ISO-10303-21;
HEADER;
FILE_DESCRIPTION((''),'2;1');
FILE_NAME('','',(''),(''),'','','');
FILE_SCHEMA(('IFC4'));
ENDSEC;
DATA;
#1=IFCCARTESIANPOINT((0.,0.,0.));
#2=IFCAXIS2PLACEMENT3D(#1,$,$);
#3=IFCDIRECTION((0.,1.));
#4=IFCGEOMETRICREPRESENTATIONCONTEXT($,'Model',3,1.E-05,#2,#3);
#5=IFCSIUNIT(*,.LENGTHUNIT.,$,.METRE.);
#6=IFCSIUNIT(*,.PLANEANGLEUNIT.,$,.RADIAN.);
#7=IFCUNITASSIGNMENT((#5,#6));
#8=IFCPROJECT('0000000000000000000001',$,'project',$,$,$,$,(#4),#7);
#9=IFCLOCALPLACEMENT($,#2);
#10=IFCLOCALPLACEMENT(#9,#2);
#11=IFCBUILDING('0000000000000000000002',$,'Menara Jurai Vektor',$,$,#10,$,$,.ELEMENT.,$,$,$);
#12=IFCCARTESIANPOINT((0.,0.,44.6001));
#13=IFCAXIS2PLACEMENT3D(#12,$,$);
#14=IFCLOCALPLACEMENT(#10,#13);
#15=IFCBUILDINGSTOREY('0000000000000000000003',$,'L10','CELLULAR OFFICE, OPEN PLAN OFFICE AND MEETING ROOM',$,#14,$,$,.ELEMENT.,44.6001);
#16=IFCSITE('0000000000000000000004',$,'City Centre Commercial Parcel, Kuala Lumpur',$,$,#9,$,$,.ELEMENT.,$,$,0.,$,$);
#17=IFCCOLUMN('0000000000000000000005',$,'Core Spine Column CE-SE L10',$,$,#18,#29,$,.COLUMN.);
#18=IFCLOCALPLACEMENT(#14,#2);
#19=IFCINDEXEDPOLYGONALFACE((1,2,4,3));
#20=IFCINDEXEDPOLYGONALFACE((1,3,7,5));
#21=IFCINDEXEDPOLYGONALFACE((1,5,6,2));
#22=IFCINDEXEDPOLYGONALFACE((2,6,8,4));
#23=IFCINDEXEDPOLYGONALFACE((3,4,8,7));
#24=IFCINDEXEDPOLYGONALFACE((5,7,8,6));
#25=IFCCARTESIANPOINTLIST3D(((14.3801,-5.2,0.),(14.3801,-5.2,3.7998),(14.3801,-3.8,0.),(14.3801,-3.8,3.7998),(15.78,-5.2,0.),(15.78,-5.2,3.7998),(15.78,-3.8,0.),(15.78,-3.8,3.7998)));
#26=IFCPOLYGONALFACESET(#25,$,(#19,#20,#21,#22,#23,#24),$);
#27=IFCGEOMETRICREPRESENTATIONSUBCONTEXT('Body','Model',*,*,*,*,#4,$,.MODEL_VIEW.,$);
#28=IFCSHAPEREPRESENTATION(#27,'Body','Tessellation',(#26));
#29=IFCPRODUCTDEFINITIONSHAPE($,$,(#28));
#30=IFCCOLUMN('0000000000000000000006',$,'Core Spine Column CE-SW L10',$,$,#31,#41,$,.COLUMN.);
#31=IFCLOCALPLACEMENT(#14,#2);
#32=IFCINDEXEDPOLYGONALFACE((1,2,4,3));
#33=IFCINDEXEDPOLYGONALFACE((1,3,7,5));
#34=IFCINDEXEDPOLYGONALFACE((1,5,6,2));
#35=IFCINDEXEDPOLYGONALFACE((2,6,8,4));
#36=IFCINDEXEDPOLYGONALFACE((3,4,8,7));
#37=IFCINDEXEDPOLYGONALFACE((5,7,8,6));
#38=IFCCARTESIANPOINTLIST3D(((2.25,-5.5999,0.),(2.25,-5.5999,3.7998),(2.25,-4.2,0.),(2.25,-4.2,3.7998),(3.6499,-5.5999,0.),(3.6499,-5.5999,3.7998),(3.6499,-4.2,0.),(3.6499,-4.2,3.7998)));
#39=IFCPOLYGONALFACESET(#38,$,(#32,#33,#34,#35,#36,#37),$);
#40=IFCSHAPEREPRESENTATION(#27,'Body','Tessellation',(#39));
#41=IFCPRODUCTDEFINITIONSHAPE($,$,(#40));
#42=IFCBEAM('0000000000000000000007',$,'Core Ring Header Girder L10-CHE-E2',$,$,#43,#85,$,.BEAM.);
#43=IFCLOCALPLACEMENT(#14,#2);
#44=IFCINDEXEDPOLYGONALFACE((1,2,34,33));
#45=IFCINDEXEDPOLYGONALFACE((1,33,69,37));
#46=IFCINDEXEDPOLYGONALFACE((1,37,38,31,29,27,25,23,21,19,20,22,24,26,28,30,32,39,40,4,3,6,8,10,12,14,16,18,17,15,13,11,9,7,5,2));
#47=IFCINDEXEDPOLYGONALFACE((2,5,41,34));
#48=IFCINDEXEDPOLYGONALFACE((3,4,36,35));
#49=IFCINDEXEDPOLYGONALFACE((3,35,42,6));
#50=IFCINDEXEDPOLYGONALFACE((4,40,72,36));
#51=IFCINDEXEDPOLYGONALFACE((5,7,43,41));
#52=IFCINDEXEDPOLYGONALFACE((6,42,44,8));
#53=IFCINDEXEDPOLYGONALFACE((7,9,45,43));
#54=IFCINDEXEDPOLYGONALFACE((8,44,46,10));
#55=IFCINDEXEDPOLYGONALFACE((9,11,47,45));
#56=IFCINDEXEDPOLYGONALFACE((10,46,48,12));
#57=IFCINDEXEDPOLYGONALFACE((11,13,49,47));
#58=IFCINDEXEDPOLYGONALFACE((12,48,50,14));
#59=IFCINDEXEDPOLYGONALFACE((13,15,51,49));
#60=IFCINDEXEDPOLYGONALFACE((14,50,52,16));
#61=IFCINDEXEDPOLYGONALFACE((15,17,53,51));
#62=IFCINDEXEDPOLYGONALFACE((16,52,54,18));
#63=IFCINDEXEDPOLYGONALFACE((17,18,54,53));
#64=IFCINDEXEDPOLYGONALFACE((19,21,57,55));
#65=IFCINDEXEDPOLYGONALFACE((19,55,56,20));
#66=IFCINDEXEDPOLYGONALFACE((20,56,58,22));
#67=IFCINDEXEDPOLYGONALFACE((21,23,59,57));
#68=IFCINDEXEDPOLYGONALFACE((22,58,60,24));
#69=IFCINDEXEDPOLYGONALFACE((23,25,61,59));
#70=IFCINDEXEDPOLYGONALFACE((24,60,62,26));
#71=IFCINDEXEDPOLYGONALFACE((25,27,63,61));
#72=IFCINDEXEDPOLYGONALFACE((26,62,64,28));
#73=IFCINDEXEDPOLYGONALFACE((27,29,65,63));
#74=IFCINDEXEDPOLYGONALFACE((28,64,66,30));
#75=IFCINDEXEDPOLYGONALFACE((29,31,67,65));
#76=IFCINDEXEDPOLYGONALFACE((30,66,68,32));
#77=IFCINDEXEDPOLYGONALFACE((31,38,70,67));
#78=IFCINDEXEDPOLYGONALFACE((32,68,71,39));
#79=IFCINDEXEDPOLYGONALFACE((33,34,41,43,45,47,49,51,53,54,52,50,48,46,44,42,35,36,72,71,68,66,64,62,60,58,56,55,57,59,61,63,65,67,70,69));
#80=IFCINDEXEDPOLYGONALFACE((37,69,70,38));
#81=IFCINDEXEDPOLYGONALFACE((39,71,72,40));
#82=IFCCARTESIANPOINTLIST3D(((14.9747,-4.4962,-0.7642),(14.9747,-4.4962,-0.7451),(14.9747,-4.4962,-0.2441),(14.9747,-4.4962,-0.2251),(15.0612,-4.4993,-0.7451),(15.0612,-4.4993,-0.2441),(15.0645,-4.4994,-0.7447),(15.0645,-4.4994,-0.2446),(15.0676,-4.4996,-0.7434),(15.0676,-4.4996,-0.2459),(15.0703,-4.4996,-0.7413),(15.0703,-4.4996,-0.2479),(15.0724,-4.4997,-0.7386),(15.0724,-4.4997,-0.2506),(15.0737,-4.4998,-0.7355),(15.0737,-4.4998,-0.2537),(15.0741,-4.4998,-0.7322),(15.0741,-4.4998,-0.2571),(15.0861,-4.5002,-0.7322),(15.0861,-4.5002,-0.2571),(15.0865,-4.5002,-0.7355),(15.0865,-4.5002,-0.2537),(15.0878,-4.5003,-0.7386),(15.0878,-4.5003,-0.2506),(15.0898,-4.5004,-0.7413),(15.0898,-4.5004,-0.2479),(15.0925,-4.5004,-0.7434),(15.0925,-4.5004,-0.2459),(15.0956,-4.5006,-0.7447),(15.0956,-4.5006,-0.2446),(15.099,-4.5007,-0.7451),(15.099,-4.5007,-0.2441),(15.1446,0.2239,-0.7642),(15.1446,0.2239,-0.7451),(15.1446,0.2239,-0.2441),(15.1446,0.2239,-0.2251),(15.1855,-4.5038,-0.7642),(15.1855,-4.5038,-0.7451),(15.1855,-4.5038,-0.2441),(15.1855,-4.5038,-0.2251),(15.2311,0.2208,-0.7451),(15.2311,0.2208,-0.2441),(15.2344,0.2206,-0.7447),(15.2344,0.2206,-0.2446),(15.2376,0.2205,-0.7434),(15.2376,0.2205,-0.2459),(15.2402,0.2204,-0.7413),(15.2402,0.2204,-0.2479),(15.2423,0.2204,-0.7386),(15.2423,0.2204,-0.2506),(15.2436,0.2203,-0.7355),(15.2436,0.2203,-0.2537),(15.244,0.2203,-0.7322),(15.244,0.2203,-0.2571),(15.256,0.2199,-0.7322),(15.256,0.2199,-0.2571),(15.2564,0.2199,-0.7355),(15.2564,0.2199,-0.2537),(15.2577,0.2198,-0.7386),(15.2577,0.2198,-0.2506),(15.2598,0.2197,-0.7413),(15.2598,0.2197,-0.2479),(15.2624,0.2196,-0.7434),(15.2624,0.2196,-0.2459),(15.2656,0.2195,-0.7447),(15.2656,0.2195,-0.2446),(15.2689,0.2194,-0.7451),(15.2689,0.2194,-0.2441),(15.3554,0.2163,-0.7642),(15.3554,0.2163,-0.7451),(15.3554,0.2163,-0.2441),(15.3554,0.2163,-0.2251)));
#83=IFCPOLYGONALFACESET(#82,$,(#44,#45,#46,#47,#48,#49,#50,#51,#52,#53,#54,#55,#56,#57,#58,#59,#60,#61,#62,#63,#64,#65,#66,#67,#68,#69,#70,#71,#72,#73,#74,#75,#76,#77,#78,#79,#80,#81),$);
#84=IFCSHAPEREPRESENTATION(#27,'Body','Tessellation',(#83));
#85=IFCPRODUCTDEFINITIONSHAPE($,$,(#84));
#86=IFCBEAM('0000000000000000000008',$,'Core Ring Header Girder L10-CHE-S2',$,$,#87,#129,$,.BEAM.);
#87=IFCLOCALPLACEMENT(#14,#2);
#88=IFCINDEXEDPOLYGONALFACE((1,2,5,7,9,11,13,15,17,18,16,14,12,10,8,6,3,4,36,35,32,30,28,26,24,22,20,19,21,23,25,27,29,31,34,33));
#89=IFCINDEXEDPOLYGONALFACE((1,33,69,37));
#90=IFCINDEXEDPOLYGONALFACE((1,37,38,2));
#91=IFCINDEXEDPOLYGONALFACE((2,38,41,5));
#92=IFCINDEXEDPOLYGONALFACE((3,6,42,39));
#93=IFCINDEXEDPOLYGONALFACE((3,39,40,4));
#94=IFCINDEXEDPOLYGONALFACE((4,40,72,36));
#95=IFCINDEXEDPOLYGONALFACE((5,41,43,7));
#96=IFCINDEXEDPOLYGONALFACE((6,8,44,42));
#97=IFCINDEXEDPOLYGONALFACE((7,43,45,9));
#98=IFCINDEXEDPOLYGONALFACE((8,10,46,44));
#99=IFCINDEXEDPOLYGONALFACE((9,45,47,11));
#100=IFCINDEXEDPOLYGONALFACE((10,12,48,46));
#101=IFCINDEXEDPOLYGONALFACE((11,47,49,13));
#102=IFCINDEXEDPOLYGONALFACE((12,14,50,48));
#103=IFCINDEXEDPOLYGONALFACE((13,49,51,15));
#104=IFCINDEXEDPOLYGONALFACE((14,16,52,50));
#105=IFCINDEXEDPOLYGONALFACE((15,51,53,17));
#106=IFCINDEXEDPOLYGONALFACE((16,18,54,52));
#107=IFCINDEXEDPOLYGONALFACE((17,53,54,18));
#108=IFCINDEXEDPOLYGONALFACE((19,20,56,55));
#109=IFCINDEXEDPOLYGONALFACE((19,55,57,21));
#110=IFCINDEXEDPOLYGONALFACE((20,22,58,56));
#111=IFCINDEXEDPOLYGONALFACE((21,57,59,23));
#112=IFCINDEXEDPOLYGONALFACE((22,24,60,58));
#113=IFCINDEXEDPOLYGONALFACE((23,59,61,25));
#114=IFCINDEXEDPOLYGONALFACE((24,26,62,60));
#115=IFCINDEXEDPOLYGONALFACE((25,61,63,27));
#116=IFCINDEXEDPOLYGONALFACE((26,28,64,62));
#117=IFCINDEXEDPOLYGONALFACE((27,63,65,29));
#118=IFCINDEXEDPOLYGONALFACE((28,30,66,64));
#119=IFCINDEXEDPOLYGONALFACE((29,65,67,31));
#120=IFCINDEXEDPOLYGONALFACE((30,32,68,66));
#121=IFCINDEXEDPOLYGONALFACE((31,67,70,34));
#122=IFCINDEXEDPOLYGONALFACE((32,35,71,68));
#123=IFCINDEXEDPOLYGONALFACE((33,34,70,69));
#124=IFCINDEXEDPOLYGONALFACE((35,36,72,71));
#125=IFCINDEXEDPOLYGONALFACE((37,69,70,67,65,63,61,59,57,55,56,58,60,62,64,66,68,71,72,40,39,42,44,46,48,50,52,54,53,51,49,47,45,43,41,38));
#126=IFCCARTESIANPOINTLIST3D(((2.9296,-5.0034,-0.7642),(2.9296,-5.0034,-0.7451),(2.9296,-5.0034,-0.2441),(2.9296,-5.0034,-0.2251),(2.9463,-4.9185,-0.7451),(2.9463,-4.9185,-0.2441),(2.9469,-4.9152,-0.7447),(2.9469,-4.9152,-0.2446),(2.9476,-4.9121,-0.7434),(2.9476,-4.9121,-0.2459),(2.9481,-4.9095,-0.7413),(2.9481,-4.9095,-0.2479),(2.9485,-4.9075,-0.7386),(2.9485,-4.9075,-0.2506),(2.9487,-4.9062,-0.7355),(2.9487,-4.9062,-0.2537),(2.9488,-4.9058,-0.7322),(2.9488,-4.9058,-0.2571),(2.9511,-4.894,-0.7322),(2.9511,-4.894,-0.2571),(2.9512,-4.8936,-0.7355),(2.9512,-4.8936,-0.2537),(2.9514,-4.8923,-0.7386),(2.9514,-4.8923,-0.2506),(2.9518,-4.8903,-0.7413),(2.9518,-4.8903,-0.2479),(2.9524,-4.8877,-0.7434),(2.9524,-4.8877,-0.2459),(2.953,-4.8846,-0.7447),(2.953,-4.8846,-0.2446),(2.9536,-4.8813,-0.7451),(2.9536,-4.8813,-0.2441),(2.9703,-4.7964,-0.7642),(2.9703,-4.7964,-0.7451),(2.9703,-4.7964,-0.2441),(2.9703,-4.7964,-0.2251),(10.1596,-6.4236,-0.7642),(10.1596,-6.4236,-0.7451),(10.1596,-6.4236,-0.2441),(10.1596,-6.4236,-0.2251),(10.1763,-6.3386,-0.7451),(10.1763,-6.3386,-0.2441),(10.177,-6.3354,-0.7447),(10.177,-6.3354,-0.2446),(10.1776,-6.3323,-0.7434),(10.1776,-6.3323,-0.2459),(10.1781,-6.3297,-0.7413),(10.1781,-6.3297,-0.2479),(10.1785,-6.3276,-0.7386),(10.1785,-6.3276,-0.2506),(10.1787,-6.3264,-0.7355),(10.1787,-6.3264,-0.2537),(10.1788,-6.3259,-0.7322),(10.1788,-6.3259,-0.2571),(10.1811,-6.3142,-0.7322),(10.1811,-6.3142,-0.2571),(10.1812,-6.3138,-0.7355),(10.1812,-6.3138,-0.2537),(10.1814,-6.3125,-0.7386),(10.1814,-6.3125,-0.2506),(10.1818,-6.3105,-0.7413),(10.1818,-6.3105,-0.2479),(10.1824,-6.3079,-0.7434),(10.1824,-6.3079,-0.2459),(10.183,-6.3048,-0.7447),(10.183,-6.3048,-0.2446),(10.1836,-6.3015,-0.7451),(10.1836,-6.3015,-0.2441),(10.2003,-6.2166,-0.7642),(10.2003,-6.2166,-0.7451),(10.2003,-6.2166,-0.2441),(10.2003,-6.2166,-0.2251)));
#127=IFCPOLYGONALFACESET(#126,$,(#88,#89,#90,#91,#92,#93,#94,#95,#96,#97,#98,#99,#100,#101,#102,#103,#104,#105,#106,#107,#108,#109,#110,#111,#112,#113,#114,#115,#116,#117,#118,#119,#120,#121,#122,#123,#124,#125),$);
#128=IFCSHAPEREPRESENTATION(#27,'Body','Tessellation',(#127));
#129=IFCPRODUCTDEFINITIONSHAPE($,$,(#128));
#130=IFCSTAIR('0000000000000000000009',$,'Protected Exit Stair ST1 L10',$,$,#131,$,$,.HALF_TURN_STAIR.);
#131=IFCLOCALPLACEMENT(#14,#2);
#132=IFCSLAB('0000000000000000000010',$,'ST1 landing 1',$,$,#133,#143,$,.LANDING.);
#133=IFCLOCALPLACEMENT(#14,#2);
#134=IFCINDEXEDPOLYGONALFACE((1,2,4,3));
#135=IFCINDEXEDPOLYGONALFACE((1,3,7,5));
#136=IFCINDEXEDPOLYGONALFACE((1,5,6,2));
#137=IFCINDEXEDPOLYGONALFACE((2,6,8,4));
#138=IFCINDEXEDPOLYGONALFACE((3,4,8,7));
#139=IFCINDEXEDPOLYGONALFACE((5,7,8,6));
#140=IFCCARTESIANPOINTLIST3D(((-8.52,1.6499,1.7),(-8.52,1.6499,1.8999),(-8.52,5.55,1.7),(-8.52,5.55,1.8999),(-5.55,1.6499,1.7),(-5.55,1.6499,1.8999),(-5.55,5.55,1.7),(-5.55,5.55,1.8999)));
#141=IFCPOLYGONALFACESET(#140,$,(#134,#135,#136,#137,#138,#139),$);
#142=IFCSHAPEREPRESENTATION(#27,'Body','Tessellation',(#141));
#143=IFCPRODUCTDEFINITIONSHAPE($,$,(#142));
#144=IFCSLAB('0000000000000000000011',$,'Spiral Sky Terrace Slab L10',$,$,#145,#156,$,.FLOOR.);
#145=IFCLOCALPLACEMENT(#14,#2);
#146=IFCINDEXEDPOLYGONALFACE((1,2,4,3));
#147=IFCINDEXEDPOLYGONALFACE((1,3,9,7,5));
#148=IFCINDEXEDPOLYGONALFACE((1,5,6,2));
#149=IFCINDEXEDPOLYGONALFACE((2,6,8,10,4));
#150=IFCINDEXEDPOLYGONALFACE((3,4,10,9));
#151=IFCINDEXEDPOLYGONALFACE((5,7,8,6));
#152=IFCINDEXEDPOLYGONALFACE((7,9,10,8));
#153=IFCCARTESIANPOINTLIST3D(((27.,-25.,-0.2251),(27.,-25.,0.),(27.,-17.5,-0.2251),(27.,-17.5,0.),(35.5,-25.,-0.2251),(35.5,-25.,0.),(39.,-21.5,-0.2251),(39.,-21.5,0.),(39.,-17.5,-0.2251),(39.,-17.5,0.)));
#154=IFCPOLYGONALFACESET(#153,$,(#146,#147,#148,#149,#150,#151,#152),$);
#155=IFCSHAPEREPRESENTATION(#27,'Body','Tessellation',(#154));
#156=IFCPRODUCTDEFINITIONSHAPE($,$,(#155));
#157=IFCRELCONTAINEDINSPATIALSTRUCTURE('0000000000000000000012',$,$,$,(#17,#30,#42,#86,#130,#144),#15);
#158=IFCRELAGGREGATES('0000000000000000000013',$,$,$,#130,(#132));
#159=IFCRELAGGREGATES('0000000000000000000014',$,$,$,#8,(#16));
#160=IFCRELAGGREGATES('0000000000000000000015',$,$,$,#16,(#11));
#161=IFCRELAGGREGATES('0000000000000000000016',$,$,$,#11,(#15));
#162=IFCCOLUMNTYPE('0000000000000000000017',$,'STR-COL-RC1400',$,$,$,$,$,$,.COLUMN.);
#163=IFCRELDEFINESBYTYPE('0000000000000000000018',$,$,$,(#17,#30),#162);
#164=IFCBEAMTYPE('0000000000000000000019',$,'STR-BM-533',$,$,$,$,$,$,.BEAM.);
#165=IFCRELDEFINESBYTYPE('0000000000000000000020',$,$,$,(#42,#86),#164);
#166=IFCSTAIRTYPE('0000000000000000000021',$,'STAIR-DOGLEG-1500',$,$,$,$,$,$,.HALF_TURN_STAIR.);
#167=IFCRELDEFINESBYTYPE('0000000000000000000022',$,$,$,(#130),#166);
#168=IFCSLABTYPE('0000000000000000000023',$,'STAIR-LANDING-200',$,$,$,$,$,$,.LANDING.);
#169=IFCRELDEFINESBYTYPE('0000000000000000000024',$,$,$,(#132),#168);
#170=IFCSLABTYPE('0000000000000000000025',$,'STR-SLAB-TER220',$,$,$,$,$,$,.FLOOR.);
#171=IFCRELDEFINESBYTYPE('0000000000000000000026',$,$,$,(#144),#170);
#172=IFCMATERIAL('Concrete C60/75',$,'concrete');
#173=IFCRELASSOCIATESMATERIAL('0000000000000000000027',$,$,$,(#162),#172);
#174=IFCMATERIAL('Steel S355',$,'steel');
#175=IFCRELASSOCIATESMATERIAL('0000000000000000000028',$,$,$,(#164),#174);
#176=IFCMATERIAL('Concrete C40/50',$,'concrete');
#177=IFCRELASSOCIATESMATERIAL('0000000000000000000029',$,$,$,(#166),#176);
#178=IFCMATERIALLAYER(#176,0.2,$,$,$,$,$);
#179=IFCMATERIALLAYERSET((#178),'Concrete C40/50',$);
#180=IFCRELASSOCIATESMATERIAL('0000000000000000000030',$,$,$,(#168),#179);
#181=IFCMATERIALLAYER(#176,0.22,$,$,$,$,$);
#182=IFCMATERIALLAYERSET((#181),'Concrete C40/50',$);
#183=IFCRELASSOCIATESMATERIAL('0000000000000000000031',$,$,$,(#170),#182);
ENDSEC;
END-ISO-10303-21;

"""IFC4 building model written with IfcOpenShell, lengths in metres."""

from ifc_helpers import new_model, si_unit, direction, frame, origin, origin_2d, place, context, subcontext, project, spatial, polyline, rectangle, i_section, outline, extrude, material, layer, layer_set, material_profile, profile_set, type_object, element, aggregate, save


model = new_model("IFC4")

# Units and contexts
model_context = context("Model", 3, precision=1e-05, world=origin(), true_north=direction((0.0, 1.0)))
body_context = subcontext(model_context, "Body", "Model", "MODEL_VIEW")
ifc_project = project(units=[si_unit("LENGTHUNIT", "METRE"), si_unit("PLANEANGLEUNIT", "RADIAN")], contexts=[model_context])

# Site, building, storey
site_placement = place(None, origin())
site = spatial("IfcSite", under=ifc_project, at=site_placement, Name="City Centre Commercial Parcel, Kuala Lumpur", CompositionType="ELEMENT", RefElevation=0.0)
building_placement = place(site_placement, origin())
building = spatial("IfcBuilding", under=site, at=building_placement, Name="Menara Jurai Vektor", CompositionType="ELEMENT")
storey_placement = place(building_placement, frame((0.0, 0.0, 44.6001)))
storey = spatial("IfcBuildingStorey", under=building, at=storey_placement, Name="L10", Description="CELLULAR OFFICE, OPEN PLAN OFFICE AND MEETING ROOM", CompositionType="ELEMENT", Elevation=44.6001)

# Columns
ifc_material_1 = material(Name="Concrete C60/75", Category="concrete")
ifc_material_profile_1 = material_profile(ifc_material_1, rectangle(XDim=1.3999, YDim=1.3999, at=origin_2d()), Name="RC 1400x1400")
ifc_profile_set_1 = profile_set([ifc_material_profile_1], Name="Concrete C60/75")
column_type = type_object("IfcColumnType", Name="STR-COL-RC1400", PredefinedType="COLUMN", material=ifc_profile_set_1)
for number, where, z_axis, x_axis, name in (
    (1, (15.0801, -4.5, 0.0), (0.0, 0.0, 1.0), (1.0, 0.0, 0.0), "Core Spine Column CE-SE L10"),
    (2, (2.95, -4.8999, 0.0), (0.0, 0.0, 1.0), (1.0, 0.0, 0.0), "Core Spine Column CE-SW L10"),
):
    element("IfcColumn", number, at=place(storey_placement, frame(where, z_axis=z_axis, x_axis=x_axis)), inside=storey, type_object=column_type, Name=name, PredefinedType="COLUMN", context=body_context, shape_type="SweptSolid", body=[
        extrude(rectangle(XDim=1.3999, YDim=1.3999, at=origin_2d()), origin(), (0.0, 0.0, 1.0), 3.7998),
    ])

# Beams
ifc_material_2 = material(Name="Steel S355", Category="steel")
ifc_material_profile_2 = material_profile(ifc_material_2, i_section(OverallWidth=0.2109, OverallDepth=0.5391, WebThickness=0.012, FlangeThickness=0.019, FilletRadius=0.0129, at=origin_2d()), Name="UKB 533x210x109")
ifc_profile_set_2 = profile_set([ifc_material_profile_2], Name="Steel S355")
beam_type = type_object("IfcBeamType", Name="STR-BM-533", PredefinedType="BEAM", material=ifc_profile_set_2)
beam_1_placement = place(storey_placement, frame((15.0801, -4.5, -0.4946), z_axis=(0.035977, 0.999353, 0.0), x_axis=(-0.999353, 0.035977, 0.0)))
element("IfcBeam", 3, at=beam_1_placement, inside=storey, type_object=beam_type, Name="Core Ring Header Girder L10-CHE-E2", PredefinedType="BEAM", context=body_context, shape_type="SweptSolid", body=[
    extrude(i_section(OverallWidth=0.2109, OverallDepth=0.5391, WebThickness=0.012, FlangeThickness=0.019, FilletRadius=0.0129, at=origin_2d()), origin(), (0.0, 0.0, 1.0), 4.7231),
])
beam_2_placement = place(storey_placement, frame((2.95, -4.8999, -0.4946), z_axis=(0.981249, -0.192744, 0.0), x_axis=(0.192744, 0.981249, 0.0)))
element("IfcBeam", 4, at=beam_2_placement, inside=storey, type_object=beam_type, Name="Core Ring Header Girder L10-CHE-S2", PredefinedType="BEAM", context=body_context, shape_type="SweptSolid", body=[
    extrude(i_section(OverallWidth=0.2109, OverallDepth=0.5391, WebThickness=0.012, FlangeThickness=0.019, FilletRadius=0.0129, at=origin_2d()), origin(), (0.0, 0.0, 1.0), 7.3682),
])

# Stair, slab
ifc_material_3 = material(Name="Concrete C40/50", Category="concrete")
stair_type = type_object("IfcStairType", Name="STAIR-DOGLEG-1500", PredefinedType="HALF_TURN_STAIR", material=ifc_material_3)
stair_placement = place(storey_placement, origin())
stair = element("IfcStair", 5, at=stair_placement, inside=storey, type_object=stair_type, Name="Protected Exit Stair ST1 L10", PredefinedType="HALF_TURN_STAIR")
ifc_layer_1 = layer(ifc_material_3, 0.2)
ifc_layer_set_1 = layer_set([ifc_layer_1], Name="Concrete C40/50")
slab_type_1 = type_object("IfcSlabType", Name="STAIR-LANDING-200", PredefinedType="LANDING", material=ifc_layer_set_1)
slab_1_placement = place(storey_placement, frame((0.0, 0.0, 1.7)))
slab_1 = element("IfcSlab", 6, at=slab_1_placement, type_object=slab_type_1, Name="ST1 landing 1", PredefinedType="LANDING", context=body_context, shape_type="SweptSolid", body=[
    extrude(outline(polyline([(-8.52, 1.6499), (-5.55, 1.6499), (-5.55, 5.55), (-8.52, 5.55), (-8.52, 1.6499)])), origin(), (0.0, 0.0, 1.0), 0.2),
])
aggregate(stair, [slab_1])

# Slab
ifc_layer_2 = layer(ifc_material_3, 0.22)
ifc_layer_set_2 = layer_set([ifc_layer_2], Name="Concrete C40/50")
slab_type_2 = type_object("IfcSlabType", Name="STR-SLAB-TER220", PredefinedType="FLOOR", material=ifc_layer_set_2)
slab_2_placement = place(storey_placement, frame((0.0, 0.0, -0.2251)))
element("IfcSlab", 7, at=slab_2_placement, inside=storey, type_object=slab_type_2, Name="Spiral Sky Terrace Slab L10", PredefinedType="FLOOR", context=body_context, shape_type="SweptSolid", body=[
    extrude(outline(polyline([(39.0, -17.5), (27.0, -17.5), (27.0, -25.0), (35.5, -25.0), (39.0, -21.5), (39.0, -17.5)])), origin(), (0.0, 0.0, 1.0), 0.2251),
])

save(model, "model.ifc")
